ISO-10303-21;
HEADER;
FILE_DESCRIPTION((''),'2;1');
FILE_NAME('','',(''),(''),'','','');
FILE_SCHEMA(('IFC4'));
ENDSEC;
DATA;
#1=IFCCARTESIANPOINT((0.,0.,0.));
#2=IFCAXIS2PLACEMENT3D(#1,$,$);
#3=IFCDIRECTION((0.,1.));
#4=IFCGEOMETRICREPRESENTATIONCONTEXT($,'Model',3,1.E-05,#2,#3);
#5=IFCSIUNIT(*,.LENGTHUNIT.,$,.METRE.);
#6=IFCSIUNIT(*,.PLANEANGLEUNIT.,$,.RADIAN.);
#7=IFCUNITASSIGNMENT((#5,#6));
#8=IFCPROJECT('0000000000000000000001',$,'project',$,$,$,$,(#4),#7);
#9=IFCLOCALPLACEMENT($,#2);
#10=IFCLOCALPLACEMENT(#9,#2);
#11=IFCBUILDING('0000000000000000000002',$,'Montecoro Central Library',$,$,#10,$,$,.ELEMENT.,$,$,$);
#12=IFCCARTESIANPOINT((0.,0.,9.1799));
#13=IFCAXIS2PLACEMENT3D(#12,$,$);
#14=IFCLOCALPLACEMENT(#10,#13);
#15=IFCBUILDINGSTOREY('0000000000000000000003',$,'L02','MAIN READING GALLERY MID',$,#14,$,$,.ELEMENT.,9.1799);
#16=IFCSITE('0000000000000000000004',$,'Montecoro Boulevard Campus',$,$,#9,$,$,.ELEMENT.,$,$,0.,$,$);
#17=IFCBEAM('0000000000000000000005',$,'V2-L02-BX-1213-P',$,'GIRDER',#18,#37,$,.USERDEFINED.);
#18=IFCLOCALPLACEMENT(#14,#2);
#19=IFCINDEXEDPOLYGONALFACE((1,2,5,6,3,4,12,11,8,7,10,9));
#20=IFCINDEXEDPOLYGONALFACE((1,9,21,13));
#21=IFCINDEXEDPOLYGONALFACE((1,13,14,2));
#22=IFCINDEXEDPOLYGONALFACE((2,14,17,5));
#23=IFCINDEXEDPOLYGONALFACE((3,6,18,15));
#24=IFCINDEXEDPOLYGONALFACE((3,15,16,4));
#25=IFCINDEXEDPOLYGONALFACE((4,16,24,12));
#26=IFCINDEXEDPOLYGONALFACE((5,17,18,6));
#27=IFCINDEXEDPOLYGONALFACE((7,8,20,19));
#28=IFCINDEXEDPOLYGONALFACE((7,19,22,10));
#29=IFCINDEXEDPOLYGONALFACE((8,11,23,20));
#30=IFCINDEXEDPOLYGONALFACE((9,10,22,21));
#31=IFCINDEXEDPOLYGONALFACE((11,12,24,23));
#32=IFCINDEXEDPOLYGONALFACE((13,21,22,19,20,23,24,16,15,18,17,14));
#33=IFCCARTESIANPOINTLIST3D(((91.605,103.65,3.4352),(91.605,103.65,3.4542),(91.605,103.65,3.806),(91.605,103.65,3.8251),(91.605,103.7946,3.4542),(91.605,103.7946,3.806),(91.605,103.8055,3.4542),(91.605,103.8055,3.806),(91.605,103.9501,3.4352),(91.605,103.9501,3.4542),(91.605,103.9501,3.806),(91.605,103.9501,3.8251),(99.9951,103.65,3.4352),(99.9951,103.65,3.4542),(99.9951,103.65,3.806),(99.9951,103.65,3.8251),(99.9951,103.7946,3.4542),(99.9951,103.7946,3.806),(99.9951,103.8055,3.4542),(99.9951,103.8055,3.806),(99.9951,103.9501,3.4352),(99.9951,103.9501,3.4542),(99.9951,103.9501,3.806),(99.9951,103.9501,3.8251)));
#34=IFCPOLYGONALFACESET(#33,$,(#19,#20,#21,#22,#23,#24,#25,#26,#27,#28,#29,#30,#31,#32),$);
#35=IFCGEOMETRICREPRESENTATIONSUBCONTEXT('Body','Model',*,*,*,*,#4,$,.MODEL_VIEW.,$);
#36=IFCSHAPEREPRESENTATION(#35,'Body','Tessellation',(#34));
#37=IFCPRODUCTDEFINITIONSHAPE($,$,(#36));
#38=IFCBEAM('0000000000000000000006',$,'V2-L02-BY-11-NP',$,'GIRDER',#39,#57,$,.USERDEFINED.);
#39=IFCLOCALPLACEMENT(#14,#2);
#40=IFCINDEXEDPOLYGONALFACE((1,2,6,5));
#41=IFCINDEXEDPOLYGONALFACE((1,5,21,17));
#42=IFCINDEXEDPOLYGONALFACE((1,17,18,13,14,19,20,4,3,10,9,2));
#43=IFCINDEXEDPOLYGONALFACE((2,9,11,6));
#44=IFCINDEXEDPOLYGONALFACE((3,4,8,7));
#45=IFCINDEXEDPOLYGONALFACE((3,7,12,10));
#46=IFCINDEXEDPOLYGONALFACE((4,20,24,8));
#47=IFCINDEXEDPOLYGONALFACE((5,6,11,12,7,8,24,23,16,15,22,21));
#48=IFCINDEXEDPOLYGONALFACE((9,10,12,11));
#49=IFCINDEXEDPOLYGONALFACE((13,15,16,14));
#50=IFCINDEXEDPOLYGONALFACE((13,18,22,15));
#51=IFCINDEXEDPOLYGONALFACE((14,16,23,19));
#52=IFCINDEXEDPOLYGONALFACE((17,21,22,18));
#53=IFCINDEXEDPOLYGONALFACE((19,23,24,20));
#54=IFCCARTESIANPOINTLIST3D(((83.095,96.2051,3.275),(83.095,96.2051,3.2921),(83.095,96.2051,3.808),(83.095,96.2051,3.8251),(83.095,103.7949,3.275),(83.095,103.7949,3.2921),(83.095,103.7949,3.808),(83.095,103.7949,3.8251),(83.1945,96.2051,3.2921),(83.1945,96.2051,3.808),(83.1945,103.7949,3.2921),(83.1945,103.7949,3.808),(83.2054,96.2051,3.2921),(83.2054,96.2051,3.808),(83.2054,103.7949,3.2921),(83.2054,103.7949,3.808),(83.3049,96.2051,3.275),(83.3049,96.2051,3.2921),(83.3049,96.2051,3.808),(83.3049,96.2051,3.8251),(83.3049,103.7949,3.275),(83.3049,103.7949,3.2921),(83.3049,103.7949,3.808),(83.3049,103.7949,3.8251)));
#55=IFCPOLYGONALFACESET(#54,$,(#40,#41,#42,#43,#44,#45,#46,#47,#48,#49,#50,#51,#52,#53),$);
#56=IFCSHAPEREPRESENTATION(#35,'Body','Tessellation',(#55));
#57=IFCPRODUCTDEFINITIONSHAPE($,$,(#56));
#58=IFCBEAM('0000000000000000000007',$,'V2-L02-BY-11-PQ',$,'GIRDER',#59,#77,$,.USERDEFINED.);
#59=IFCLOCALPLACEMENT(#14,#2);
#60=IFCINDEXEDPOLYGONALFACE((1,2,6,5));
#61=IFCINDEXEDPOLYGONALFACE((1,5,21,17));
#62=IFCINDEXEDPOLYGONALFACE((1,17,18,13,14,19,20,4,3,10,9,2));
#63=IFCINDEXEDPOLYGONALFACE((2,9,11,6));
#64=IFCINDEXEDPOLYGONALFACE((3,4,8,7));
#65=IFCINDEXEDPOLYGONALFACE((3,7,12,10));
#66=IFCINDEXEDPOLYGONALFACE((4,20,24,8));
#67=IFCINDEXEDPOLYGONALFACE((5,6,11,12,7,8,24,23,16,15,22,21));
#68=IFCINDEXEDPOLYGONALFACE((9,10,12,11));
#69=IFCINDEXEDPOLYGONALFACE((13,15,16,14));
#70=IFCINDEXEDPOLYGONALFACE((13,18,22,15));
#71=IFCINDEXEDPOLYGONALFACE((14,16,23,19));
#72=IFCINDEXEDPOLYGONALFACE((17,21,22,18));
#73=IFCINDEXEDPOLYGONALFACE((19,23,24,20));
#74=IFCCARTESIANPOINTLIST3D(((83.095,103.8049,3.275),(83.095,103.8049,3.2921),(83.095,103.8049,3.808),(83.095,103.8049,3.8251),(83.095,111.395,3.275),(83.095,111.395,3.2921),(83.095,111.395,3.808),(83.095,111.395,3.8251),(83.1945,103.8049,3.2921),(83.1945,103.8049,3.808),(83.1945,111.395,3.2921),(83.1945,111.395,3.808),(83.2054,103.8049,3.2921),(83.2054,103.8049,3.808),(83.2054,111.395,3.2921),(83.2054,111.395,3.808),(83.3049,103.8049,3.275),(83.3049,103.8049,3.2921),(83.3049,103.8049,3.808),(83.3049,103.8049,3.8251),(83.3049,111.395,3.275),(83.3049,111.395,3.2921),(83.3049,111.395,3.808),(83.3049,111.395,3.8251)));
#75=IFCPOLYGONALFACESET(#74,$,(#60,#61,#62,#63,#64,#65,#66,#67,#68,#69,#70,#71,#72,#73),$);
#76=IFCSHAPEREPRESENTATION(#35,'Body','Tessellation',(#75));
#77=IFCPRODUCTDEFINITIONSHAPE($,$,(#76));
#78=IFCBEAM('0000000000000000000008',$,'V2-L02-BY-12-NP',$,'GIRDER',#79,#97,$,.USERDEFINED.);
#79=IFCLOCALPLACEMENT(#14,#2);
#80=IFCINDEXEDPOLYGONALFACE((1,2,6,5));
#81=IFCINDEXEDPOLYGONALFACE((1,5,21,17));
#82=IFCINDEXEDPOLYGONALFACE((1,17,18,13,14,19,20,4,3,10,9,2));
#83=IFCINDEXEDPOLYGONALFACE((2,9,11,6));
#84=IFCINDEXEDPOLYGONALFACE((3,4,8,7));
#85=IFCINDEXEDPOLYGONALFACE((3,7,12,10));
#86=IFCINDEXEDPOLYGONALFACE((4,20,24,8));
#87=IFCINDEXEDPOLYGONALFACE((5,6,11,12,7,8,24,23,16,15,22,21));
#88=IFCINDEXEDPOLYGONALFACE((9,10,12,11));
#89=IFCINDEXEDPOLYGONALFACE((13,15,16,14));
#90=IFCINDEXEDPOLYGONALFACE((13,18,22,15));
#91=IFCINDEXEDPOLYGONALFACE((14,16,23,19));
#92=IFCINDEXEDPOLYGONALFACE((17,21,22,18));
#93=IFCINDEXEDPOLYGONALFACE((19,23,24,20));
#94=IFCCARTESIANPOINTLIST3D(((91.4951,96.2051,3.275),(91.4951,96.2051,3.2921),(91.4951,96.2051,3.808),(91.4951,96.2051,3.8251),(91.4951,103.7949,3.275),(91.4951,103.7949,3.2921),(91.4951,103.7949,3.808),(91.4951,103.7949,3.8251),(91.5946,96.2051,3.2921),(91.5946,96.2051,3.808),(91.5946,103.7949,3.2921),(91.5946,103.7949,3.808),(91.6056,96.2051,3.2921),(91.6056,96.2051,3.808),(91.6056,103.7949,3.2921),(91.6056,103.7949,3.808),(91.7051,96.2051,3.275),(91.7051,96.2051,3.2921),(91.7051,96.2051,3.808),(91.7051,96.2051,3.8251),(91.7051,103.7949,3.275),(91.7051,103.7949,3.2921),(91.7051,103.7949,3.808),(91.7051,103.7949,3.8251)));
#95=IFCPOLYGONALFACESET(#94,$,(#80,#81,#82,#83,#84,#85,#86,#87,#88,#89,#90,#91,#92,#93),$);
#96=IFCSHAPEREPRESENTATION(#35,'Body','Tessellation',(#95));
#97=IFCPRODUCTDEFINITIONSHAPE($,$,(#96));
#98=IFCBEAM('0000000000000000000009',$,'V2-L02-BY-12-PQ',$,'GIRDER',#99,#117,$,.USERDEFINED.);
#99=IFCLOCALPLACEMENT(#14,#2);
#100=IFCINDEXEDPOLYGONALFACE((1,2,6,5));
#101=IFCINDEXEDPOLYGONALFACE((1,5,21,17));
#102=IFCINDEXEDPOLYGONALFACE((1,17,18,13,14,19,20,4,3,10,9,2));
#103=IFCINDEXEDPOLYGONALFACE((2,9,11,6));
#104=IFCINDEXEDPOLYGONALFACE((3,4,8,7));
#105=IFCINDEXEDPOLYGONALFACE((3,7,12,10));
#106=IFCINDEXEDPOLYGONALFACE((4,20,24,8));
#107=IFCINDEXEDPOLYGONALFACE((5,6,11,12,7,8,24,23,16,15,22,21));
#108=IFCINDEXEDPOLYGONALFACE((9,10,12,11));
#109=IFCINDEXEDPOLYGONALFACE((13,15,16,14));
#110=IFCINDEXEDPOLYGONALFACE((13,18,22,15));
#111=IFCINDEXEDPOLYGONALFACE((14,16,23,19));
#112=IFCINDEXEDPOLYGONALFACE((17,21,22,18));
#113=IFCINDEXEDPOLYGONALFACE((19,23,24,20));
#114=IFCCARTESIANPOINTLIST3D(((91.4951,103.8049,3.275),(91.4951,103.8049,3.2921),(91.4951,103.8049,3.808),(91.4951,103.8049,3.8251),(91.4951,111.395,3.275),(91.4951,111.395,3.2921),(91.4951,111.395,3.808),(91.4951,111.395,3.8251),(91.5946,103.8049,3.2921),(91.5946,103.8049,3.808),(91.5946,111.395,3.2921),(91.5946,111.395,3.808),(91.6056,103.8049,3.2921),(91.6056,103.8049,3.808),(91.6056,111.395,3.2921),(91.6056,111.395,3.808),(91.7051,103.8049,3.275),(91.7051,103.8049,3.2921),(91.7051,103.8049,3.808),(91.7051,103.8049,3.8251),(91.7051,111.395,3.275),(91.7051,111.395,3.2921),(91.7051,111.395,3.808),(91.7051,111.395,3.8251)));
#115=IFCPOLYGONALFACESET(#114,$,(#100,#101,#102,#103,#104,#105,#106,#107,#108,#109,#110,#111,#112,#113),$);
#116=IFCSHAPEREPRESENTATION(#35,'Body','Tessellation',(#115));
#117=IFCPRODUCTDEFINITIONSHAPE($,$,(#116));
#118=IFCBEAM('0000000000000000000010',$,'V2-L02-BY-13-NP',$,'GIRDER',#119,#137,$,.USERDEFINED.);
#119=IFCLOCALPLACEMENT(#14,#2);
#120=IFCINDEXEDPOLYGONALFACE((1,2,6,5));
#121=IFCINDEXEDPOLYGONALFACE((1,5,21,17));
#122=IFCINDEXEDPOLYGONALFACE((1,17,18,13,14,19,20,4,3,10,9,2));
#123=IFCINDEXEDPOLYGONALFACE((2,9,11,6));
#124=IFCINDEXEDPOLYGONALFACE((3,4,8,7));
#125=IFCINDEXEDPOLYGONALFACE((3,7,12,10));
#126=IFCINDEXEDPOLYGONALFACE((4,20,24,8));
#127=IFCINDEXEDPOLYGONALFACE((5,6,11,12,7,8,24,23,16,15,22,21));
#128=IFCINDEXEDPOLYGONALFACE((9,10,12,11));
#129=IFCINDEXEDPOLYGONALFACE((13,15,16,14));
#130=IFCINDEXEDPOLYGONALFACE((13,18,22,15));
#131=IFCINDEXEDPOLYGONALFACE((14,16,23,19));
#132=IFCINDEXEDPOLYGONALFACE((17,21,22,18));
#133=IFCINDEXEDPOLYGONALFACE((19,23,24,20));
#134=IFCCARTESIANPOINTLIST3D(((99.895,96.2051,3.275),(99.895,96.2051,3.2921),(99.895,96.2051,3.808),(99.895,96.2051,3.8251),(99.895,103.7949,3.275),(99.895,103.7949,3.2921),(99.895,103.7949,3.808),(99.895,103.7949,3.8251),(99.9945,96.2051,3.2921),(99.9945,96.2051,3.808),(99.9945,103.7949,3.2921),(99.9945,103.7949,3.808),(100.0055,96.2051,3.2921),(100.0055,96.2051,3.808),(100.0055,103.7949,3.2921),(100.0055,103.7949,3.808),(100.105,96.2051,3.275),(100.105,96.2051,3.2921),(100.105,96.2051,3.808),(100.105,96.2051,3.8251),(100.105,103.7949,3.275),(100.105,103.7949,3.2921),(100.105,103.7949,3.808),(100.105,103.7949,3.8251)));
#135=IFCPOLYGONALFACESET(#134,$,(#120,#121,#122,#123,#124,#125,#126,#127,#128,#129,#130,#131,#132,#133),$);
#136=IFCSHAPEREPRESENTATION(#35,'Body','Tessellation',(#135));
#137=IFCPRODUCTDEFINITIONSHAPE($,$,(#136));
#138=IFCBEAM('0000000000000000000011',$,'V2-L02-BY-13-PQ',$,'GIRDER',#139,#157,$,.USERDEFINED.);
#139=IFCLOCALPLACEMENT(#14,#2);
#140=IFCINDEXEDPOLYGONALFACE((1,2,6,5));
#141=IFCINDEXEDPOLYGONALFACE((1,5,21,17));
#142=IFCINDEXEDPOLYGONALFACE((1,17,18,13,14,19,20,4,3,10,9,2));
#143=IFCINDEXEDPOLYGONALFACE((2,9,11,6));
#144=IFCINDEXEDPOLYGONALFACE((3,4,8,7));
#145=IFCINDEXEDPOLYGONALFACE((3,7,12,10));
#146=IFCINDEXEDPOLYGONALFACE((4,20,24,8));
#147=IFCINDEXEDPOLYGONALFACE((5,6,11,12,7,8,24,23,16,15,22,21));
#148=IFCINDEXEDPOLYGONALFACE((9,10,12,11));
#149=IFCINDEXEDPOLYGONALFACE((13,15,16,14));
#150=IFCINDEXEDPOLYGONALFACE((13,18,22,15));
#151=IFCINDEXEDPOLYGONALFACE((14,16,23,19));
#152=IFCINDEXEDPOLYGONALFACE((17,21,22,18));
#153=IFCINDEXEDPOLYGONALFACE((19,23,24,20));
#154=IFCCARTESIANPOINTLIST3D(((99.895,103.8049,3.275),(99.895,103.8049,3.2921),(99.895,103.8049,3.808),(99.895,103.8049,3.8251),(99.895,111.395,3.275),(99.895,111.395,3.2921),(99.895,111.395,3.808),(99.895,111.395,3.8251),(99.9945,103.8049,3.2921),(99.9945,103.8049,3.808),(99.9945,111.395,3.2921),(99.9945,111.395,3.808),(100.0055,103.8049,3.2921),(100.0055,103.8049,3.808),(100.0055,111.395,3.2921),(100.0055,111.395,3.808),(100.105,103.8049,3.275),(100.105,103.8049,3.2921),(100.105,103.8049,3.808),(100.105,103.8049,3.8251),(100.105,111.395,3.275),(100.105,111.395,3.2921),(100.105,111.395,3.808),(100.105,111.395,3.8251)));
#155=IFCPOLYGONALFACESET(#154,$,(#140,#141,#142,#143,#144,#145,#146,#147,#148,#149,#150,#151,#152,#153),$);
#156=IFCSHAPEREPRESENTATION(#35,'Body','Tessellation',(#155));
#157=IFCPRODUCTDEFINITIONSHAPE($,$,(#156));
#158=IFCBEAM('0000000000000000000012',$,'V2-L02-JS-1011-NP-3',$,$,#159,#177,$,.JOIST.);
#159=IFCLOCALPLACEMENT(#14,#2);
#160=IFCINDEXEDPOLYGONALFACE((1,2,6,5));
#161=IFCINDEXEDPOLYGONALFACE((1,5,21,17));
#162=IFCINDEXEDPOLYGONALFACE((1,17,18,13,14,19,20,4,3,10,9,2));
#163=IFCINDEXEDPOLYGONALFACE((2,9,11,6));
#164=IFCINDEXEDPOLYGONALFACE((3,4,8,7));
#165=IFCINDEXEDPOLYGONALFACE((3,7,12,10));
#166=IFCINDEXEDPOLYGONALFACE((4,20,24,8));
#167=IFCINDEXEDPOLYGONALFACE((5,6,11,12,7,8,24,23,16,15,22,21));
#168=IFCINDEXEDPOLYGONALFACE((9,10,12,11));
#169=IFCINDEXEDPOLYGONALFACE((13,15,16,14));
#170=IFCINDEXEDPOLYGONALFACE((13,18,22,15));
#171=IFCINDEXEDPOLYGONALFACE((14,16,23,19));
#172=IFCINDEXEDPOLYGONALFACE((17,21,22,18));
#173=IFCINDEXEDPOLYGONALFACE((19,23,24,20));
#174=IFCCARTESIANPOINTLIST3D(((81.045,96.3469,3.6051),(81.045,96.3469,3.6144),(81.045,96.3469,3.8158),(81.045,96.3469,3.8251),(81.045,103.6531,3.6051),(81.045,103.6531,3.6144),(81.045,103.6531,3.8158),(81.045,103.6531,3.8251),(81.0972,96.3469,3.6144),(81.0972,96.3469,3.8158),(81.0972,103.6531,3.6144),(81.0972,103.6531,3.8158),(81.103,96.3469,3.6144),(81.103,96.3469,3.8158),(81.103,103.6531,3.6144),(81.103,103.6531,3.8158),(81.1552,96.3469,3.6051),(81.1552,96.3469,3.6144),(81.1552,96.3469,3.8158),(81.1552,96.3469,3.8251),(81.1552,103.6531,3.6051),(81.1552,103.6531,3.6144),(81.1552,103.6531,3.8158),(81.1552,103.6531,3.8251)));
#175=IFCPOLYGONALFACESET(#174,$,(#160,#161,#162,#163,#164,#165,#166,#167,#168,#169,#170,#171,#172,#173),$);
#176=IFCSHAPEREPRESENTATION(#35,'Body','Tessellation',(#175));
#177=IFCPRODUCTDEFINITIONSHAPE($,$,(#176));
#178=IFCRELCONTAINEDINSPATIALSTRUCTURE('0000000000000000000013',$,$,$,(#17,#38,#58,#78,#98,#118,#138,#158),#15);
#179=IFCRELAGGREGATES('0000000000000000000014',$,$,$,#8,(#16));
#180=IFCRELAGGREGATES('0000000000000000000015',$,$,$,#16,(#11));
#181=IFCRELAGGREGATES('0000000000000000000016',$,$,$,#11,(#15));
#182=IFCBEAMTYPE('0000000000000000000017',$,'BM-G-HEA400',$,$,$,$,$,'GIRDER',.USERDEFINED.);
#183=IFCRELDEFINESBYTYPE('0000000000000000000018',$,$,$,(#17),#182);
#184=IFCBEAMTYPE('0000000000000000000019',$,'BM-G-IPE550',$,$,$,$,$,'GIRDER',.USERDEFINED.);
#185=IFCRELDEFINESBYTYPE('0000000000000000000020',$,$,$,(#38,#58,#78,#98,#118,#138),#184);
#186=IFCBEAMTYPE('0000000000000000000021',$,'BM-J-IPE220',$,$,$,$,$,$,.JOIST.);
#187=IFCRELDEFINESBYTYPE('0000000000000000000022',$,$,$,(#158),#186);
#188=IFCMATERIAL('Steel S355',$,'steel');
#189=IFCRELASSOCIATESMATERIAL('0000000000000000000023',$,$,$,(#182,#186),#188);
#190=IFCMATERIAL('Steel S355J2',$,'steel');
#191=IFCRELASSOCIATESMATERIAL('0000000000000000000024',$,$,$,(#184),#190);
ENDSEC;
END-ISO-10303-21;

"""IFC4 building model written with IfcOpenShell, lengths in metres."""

from ifc_helpers import new_model, si_unit, direction, frame, origin, origin_2d, place, context, subcontext, project, spatial, i_section, extrude, material, material_profile, profile_set, type_object, element, save


model = new_model("IFC4")

# Units and contexts
model_context = context("Model", 3, precision=1e-05, world=origin(), true_north=direction((0.0, 1.0)))
body_context = subcontext(model_context, "Body", "Model", "MODEL_VIEW")
ifc_project = project(units=[si_unit("LENGTHUNIT", "METRE"), si_unit("PLANEANGLEUNIT", "RADIAN")], contexts=[model_context])

# Site, building, storey
site_placement = place(None, origin())
site = spatial("IfcSite", under=ifc_project, at=site_placement, Name="Montecoro Boulevard Campus", CompositionType="ELEMENT", RefElevation=0.0)
building_placement = place(site_placement, origin())
building = spatial("IfcBuilding", under=site, at=building_placement, Name="Montecoro Central Library", CompositionType="ELEMENT")
storey_placement = place(building_placement, frame((0.0, 0.0, 9.1799)))
storey = spatial("IfcBuildingStorey", under=building, at=storey_placement, Name="L02", Description="MAIN READING GALLERY MID", CompositionType="ELEMENT", Elevation=9.1799)

# Shared definitions
ifc_material_1 = material(Name="Steel S355", Category="steel")

# Beams
ifc_material_profile_1 = material_profile(ifc_material_1, i_section(OverallWidth=0.3, OverallDepth=0.3899, WebThickness=0.011, FlangeThickness=0.019, at=origin_2d()), Name="HEA 400")
ifc_profile_set_1 = profile_set([ifc_material_profile_1], Name="Steel S355")
beam_type_1 = type_object("IfcBeamType", Name="BM-G-HEA400", ElementType="GIRDER", PredefinedType="USERDEFINED", material=ifc_profile_set_1)
beam_1_placement = place(storey_placement, frame((91.605, 103.8, 3.6301), z_axis=(1.0, 0.0, 0.0), x_axis=(0.0, 1.0, 0.0)))
element("IfcBeam", 1, at=beam_1_placement, inside=storey, type_object=beam_type_1, Name="V2-L02-BX-1213-P", ObjectType="GIRDER", PredefinedType="USERDEFINED", context=body_context, shape_type="SweptSolid", body=[
    extrude(i_section(OverallWidth=0.3, OverallDepth=0.3899, WebThickness=0.011, FlangeThickness=0.019, at=origin_2d()), origin(), (0.0, 0.0, 1.0), 8.3901),
])
ifc_material_2 = material(Name="Steel S355J2", Category="steel")
ifc_material_profile_2 = material_profile(ifc_material_2, i_section(OverallWidth=0.21, OverallDepth=0.55, WebThickness=0.011, FlangeThickness=0.0171, at=origin_2d()), Name="IPE 550")
ifc_profile_set_2 = profile_set([ifc_material_profile_2], Name="Steel S355J2")
beam_type_2 = type_object("IfcBeamType", Name="BM-G-IPE550", ElementType="GIRDER", PredefinedType="USERDEFINED", material=ifc_profile_set_2)
beam_2_placement = place(storey_placement, frame((83.2, 96.2051, 3.55), z_axis=(0.0, 1.0, 0.0), x_axis=(-1.0, 0.0, 0.0)))
element("IfcBeam", 2, at=beam_2_placement, inside=storey, type_object=beam_type_2, Name="V2-L02-BY-11-NP", ObjectType="GIRDER", PredefinedType="USERDEFINED", context=body_context, shape_type="SweptSolid", body=[
    extrude(i_section(OverallWidth=0.21, OverallDepth=0.55, WebThickness=0.011, FlangeThickness=0.0171, at=origin_2d()), origin(), (0.0, 0.0, 1.0), 7.5898),
])
beam_3_placement = place(storey_placement, frame((83.2, 103.8049, 3.55), z_axis=(0.0, 1.0, 0.0), x_axis=(-1.0, 0.0, 0.0)))
element("IfcBeam", 3, at=beam_3_placement, inside=storey, type_object=beam_type_2, Name="V2-L02-BY-11-PQ", ObjectType="GIRDER", PredefinedType="USERDEFINED", context=body_context, shape_type="SweptSolid", body=[
    extrude(i_section(OverallWidth=0.21, OverallDepth=0.55, WebThickness=0.011, FlangeThickness=0.0171, at=origin_2d()), origin(), (0.0, 0.0, 1.0), 7.5901),
])
beam_4_placement = place(storey_placement, frame((91.6001, 96.2051, 3.55), z_axis=(0.0, 1.0, 0.0), x_axis=(-1.0, 0.0, 0.0)))
element("IfcBeam", 4, at=beam_4_placement, inside=storey, type_object=beam_type_2, Name="V2-L02-BY-12-NP", ObjectType="GIRDER", PredefinedType="USERDEFINED", context=body_context, shape_type="SweptSolid", body=[
    extrude(i_section(OverallWidth=0.21, OverallDepth=0.55, WebThickness=0.011, FlangeThickness=0.0171, at=origin_2d()), origin(), (0.0, 0.0, 1.0), 7.5898),
])
beam_5_placement = place(storey_placement, frame((91.6001, 103.8049, 3.55), z_axis=(0.0, 1.0, 0.0), x_axis=(-1.0, 0.0, 0.0)))
element("IfcBeam", 5, at=beam_5_placement, inside=storey, type_object=beam_type_2, Name="V2-L02-BY-12-PQ", ObjectType="GIRDER", PredefinedType="USERDEFINED", context=body_context, shape_type="SweptSolid", body=[
    extrude(i_section(OverallWidth=0.21, OverallDepth=0.55, WebThickness=0.011, FlangeThickness=0.0171, at=origin_2d()), origin(), (0.0, 0.0, 1.0), 7.5901),
])
beam_6_placement = place(storey_placement, frame((100.0, 96.2051, 3.55), z_axis=(0.0, 1.0, 0.0), x_axis=(-1.0, 0.0, 0.0)))
element("IfcBeam", 6, at=beam_6_placement, inside=storey, type_object=beam_type_2, Name="V2-L02-BY-13-NP", ObjectType="GIRDER", PredefinedType="USERDEFINED", context=body_context, shape_type="SweptSolid", body=[
    extrude(i_section(OverallWidth=0.21, OverallDepth=0.55, WebThickness=0.011, FlangeThickness=0.0171, at=origin_2d()), origin(), (0.0, 0.0, 1.0), 7.5898),
])
beam_7_placement = place(storey_placement, frame((100.0, 103.8049, 3.55), z_axis=(0.0, 1.0, 0.0), x_axis=(-1.0, 0.0, 0.0)))
element("IfcBeam", 7, at=beam_7_placement, inside=storey, type_object=beam_type_2, Name="V2-L02-BY-13-PQ", ObjectType="GIRDER", PredefinedType="USERDEFINED", context=body_context, shape_type="SweptSolid", body=[
    extrude(i_section(OverallWidth=0.21, OverallDepth=0.55, WebThickness=0.011, FlangeThickness=0.0171, at=origin_2d()), origin(), (0.0, 0.0, 1.0), 7.5901),
])
ifc_material_profile_3 = material_profile(ifc_material_1, i_section(OverallWidth=0.1101, OverallDepth=0.22, WebThickness=0.0059, FlangeThickness=0.0093, at=origin_2d()), Name="IPE 220")
ifc_profile_set_3 = profile_set([ifc_material_profile_3], Name="Steel S355")
beam_type_3 = type_object("IfcBeamType", Name="BM-J-IPE220", PredefinedType="JOIST", material=ifc_profile_set_3)
beam_8_placement = place(storey_placement, frame((81.1001, 96.3469, 3.7151), z_axis=(0.0, 1.0, 0.0), x_axis=(-1.0, 0.0, 0.0)))
element("IfcBeam", 8, at=beam_8_placement, inside=storey, type_object=beam_type_3, Name="V2-L02-JS-1011-NP-3", PredefinedType="JOIST", context=body_context, shape_type="SweptSolid", body=[
    extrude(i_section(OverallWidth=0.1101, OverallDepth=0.22, WebThickness=0.0059, FlangeThickness=0.0093, at=origin_2d()), origin(), (0.0, 0.0, 1.0), 7.3062),
])

save(model, "model.ifc")
